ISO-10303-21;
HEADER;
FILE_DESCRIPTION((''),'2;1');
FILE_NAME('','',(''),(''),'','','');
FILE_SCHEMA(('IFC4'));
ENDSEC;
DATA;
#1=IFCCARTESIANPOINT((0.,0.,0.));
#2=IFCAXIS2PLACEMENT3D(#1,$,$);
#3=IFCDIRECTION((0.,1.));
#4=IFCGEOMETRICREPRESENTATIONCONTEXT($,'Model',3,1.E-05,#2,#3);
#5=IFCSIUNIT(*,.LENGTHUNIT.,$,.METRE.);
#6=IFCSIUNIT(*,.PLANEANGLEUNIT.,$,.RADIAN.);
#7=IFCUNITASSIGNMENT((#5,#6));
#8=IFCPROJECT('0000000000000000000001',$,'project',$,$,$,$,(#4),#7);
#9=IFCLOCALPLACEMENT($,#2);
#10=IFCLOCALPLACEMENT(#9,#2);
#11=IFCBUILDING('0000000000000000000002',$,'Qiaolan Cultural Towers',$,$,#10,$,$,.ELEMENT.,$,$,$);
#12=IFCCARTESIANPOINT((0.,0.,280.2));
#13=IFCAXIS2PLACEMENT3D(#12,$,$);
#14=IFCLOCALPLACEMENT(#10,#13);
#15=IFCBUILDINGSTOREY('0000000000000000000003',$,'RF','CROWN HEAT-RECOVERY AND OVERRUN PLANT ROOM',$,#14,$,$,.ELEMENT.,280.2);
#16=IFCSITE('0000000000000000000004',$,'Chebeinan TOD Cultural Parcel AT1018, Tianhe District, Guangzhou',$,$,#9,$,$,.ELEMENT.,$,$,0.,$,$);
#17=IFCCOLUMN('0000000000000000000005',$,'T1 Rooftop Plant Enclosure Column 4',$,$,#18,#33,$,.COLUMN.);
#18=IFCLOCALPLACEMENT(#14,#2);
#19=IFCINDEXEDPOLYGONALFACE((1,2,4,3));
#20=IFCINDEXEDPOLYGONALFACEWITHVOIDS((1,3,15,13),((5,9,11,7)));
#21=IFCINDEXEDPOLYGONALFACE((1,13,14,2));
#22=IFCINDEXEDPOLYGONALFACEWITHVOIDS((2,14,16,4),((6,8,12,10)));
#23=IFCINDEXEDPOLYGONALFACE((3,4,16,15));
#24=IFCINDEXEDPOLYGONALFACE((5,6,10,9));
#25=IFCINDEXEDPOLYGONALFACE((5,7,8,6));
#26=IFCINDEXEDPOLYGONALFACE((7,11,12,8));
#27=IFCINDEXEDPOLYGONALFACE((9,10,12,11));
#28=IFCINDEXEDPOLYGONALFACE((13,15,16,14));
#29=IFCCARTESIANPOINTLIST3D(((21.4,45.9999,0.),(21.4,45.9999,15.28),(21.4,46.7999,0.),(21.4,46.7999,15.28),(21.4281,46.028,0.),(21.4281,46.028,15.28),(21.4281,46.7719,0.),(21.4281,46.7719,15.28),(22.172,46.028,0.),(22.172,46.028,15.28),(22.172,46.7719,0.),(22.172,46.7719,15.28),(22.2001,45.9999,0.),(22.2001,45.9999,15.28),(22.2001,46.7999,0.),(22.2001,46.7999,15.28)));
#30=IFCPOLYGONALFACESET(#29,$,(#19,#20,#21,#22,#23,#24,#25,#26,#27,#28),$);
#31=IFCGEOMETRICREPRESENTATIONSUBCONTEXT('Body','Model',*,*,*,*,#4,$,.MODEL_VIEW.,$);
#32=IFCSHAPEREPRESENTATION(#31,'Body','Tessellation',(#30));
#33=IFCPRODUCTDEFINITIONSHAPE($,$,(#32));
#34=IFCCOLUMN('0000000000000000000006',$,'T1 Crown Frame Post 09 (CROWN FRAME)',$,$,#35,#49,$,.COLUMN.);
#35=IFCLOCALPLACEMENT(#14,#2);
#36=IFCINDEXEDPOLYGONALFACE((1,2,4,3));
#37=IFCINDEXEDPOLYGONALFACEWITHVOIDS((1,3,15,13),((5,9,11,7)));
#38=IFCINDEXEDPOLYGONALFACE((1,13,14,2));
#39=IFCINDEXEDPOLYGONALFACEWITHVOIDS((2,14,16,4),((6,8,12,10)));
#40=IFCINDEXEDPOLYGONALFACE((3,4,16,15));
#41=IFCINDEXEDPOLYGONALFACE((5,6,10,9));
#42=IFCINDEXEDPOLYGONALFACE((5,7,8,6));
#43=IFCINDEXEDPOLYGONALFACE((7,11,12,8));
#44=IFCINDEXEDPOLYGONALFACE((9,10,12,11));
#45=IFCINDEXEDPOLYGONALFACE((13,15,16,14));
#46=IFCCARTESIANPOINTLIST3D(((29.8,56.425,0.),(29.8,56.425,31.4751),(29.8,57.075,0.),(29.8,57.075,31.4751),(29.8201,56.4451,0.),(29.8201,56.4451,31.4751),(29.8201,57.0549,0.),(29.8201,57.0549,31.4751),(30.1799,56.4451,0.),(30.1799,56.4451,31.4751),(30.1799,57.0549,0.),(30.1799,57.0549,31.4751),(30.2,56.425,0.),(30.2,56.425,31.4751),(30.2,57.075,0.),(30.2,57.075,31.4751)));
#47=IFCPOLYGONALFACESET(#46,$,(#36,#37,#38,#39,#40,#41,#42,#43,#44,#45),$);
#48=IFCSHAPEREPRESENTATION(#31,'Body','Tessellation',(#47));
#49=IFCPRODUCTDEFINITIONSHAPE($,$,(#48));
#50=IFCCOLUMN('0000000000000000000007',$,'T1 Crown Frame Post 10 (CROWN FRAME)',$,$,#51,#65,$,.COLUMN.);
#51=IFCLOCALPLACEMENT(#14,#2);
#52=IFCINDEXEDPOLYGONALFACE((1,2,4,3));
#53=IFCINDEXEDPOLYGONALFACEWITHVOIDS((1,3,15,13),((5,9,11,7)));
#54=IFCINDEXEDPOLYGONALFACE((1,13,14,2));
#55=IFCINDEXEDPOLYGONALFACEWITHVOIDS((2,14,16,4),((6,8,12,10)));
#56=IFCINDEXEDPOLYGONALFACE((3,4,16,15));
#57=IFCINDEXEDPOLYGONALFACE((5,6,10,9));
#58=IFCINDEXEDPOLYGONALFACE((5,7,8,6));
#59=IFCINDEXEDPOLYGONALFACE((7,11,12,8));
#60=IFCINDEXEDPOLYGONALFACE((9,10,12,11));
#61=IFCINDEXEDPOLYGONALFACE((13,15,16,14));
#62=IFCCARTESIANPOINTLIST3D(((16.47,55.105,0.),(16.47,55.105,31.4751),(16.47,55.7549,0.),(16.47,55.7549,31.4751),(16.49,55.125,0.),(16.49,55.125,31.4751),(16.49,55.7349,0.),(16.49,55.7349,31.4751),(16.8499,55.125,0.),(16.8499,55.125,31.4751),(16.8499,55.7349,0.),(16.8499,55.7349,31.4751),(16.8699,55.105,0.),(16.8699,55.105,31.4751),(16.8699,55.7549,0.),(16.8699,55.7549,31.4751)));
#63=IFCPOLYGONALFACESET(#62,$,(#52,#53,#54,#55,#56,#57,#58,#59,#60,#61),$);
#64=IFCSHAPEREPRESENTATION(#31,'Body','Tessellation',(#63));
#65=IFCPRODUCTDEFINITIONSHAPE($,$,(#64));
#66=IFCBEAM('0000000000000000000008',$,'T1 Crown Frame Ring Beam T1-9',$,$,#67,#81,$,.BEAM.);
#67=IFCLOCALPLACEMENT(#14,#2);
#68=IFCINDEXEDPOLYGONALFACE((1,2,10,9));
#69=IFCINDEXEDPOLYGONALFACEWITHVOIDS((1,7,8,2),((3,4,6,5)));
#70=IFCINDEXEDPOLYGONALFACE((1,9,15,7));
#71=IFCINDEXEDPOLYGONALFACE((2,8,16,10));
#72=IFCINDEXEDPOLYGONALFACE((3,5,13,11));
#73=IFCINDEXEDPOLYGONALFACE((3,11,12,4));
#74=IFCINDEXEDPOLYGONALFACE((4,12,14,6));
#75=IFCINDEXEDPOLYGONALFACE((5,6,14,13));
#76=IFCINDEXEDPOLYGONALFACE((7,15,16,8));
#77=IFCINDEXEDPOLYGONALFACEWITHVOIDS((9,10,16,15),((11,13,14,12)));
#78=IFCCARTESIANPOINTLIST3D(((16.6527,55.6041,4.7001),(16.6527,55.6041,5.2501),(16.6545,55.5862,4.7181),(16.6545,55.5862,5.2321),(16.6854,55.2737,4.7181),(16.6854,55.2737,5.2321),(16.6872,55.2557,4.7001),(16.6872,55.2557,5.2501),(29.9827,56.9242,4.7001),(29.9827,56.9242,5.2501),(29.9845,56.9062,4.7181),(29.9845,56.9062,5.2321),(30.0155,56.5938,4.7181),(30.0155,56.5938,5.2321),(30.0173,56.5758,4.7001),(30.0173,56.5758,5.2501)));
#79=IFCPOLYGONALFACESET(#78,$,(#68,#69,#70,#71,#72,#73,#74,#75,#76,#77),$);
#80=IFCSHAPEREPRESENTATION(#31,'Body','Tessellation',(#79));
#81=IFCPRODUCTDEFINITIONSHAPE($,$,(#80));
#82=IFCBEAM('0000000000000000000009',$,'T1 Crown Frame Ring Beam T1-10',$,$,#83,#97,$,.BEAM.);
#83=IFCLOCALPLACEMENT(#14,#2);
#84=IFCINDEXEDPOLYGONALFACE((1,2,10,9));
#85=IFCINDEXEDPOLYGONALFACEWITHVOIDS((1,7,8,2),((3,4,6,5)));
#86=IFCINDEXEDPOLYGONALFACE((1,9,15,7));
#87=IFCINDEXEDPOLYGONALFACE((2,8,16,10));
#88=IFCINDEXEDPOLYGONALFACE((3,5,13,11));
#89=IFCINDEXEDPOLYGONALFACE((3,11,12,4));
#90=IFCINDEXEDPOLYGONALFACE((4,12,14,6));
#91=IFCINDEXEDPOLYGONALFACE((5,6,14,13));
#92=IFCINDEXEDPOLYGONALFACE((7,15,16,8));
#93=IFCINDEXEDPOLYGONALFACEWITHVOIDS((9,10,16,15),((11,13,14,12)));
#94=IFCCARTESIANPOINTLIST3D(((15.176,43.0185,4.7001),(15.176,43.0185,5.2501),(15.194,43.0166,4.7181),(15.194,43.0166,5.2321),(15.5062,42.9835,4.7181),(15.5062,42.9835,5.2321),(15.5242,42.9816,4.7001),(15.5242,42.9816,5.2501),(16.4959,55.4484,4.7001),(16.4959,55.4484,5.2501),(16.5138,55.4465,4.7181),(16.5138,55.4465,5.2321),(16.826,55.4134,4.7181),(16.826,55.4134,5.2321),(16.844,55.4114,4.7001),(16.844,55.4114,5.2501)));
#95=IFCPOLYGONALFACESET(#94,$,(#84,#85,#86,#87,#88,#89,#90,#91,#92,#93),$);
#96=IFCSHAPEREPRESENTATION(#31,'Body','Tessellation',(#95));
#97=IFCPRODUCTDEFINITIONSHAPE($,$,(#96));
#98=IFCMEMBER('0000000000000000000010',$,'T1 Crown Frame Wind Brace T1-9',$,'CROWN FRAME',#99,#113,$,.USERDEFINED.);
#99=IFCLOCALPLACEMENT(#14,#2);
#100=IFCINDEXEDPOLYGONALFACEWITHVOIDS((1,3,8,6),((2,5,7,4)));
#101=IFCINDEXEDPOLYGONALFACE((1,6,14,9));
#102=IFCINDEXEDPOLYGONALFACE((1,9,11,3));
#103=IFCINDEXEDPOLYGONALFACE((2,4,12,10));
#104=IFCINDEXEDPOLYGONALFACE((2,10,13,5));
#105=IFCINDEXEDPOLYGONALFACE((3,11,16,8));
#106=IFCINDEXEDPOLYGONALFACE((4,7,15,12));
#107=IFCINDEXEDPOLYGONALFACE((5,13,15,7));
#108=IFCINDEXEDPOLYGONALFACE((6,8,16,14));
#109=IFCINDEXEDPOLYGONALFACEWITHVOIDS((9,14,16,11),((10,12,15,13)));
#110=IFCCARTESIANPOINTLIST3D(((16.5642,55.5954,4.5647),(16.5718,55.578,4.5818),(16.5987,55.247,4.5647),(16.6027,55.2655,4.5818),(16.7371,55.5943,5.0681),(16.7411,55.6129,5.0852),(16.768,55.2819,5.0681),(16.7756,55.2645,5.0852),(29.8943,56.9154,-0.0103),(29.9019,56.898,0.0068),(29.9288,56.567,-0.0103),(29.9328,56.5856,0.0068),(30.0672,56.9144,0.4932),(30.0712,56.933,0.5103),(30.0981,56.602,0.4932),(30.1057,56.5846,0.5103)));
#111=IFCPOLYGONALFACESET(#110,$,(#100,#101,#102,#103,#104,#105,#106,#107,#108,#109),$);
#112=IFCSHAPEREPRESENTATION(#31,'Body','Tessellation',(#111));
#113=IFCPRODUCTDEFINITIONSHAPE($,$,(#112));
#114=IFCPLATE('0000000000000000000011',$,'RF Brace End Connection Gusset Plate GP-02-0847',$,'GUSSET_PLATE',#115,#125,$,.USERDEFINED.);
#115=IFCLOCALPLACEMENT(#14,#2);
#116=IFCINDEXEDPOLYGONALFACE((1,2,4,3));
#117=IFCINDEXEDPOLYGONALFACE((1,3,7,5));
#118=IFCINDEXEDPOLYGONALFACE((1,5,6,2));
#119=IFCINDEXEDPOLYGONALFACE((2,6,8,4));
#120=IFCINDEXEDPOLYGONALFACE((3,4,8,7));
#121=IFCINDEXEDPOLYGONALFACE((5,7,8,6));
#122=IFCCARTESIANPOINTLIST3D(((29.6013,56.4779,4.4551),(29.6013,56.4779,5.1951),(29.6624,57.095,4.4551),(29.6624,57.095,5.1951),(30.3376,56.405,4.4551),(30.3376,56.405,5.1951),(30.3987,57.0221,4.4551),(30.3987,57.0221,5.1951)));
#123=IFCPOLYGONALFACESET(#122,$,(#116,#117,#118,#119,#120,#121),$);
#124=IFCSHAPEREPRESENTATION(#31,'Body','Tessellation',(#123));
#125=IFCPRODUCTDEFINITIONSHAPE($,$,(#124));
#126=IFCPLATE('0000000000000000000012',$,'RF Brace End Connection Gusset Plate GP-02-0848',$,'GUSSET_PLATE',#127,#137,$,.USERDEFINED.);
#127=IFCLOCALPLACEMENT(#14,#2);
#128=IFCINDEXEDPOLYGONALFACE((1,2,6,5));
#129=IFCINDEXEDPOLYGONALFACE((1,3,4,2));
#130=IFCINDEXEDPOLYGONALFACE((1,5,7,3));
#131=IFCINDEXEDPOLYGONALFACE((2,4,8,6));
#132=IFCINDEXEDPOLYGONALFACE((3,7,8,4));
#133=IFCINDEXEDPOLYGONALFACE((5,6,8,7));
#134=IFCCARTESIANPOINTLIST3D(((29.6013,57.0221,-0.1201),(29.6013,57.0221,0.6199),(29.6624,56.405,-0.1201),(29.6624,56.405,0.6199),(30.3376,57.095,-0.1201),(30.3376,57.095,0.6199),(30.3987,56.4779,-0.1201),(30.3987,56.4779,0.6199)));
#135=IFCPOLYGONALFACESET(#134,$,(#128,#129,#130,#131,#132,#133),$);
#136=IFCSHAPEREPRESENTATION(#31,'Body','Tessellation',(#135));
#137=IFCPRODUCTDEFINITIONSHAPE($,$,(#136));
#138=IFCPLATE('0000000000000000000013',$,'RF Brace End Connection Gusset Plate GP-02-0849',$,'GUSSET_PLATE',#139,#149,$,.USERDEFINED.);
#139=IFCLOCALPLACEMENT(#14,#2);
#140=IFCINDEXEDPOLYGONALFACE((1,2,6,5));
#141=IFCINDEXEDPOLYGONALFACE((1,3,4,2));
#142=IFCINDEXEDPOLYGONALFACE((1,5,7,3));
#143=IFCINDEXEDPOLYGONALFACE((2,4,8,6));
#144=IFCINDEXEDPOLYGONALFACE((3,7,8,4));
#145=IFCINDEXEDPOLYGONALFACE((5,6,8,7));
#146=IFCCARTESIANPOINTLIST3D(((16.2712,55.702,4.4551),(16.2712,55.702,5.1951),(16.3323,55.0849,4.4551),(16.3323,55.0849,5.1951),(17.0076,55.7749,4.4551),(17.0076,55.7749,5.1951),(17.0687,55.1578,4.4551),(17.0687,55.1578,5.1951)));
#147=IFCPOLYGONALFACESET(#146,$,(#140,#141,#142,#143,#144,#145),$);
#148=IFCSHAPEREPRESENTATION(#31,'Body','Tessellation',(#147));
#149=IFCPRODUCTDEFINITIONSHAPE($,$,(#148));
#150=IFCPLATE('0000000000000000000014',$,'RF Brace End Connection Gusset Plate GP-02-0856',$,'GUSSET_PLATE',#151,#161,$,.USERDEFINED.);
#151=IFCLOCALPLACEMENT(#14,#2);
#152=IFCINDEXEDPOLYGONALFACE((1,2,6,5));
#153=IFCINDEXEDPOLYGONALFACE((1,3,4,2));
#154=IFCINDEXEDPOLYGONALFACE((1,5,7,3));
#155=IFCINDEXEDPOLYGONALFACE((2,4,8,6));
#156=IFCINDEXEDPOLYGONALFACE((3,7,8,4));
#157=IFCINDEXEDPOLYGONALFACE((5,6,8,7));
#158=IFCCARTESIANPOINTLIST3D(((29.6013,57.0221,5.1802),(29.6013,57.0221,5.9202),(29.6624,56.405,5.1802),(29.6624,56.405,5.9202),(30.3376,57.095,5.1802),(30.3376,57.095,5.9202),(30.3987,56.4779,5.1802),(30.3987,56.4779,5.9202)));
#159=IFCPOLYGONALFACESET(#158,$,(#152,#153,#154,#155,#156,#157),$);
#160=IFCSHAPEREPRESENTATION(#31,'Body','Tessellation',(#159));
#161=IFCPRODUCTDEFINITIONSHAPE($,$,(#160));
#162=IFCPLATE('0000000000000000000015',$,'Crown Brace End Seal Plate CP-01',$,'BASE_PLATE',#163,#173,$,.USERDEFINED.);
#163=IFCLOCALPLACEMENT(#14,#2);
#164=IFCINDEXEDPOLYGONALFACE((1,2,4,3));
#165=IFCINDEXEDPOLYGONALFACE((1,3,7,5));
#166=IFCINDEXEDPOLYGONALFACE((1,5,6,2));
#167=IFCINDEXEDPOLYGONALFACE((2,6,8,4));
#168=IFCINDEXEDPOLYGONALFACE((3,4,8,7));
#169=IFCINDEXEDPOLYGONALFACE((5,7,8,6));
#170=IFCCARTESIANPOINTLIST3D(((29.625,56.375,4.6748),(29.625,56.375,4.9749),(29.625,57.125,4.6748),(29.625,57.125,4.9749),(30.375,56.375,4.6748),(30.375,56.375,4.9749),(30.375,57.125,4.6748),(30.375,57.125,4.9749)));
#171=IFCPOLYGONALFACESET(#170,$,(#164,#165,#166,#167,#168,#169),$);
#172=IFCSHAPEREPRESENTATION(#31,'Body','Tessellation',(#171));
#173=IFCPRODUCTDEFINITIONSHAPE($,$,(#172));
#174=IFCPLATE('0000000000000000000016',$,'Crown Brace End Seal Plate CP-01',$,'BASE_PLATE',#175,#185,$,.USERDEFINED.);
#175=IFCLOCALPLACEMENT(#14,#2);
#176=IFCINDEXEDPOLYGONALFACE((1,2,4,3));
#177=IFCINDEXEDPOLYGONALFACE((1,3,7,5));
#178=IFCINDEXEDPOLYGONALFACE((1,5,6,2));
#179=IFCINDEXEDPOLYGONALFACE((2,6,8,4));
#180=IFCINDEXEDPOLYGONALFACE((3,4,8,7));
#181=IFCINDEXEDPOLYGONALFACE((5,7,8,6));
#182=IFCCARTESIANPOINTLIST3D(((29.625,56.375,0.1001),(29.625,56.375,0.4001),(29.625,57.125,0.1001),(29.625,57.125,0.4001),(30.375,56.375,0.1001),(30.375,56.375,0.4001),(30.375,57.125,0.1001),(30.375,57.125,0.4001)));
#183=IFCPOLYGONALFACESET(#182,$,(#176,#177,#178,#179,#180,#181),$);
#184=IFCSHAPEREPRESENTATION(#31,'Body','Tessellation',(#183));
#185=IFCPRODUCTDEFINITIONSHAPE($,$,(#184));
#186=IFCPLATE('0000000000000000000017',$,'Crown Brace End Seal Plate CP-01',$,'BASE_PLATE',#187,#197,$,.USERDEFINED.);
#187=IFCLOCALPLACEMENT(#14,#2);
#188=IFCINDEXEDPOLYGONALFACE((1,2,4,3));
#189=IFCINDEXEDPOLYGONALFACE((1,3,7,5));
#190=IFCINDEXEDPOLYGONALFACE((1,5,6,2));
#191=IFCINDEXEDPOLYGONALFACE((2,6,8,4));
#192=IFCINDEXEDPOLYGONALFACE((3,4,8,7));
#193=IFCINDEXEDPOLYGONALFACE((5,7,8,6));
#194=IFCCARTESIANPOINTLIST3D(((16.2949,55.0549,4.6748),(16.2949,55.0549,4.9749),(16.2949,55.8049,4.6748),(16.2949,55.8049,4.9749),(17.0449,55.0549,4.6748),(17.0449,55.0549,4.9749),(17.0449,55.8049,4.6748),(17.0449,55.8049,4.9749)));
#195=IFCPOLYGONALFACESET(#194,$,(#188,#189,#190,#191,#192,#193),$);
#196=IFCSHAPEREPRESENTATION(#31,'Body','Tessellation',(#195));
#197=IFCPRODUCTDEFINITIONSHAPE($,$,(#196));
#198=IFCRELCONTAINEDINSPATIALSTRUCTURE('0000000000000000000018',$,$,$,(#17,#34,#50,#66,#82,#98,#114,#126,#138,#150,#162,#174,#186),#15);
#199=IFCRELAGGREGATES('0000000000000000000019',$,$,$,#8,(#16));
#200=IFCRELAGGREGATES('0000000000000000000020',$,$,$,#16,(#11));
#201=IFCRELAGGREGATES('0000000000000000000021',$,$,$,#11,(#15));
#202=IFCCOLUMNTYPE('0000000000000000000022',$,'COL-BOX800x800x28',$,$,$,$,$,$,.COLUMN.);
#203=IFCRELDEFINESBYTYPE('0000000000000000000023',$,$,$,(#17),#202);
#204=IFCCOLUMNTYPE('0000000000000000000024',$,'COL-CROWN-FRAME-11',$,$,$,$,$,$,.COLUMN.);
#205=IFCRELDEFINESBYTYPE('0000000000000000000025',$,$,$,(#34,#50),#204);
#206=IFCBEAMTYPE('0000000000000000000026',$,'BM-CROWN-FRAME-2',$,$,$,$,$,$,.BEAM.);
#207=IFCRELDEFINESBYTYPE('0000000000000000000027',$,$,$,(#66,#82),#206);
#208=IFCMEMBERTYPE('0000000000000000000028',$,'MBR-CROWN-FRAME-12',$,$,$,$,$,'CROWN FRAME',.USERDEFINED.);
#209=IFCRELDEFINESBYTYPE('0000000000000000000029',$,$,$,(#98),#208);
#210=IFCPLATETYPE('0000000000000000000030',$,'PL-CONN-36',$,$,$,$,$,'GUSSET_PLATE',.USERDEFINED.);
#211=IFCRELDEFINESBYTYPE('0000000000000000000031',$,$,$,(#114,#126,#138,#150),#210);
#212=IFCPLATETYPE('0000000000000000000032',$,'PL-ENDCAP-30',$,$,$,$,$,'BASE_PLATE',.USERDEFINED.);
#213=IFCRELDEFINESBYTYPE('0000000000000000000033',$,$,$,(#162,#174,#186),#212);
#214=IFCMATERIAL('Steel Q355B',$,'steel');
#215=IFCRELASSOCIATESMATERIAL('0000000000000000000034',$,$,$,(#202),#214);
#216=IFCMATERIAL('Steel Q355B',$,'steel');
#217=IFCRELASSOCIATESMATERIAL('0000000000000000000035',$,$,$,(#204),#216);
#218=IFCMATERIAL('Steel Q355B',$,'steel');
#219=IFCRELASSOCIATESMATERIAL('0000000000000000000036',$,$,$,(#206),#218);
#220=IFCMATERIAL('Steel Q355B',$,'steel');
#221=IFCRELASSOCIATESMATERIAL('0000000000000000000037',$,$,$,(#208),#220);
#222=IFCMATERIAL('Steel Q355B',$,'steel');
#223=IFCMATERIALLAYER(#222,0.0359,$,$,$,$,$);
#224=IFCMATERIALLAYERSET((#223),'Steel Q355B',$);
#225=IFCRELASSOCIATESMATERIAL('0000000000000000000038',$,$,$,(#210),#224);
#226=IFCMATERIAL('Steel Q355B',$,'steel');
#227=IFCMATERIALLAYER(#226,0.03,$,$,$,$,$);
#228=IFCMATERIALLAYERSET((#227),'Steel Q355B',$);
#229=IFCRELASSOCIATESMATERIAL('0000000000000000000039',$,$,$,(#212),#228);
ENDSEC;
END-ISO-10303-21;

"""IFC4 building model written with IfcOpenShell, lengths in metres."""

from ifc_helpers import new_model, si_unit, direction, frame, origin, origin_2d, place, context, subcontext, project, spatial, rectangle, hollow_rectangle, extrude, material, layer, layer_set, material_profile, profile_set, type_object, element, save


model = new_model("IFC4")

# Units and contexts
model_context = context("Model", 3, precision=1e-05, world=origin(), true_north=direction((0.0, 1.0)))
body_context = subcontext(model_context, "Body", "Model", "MODEL_VIEW")
ifc_project = project(units=[si_unit("LENGTHUNIT", "METRE"), si_unit("PLANEANGLEUNIT", "RADIAN")], contexts=[model_context])

# Site, building, storey
site_placement = place(None, origin())
site = spatial("IfcSite", under=ifc_project, at=site_placement, Name="Chebeinan TOD Cultural Parcel AT1018, Tianhe District, Guangzhou", CompositionType="ELEMENT", RefElevation=0.0)
building_placement = place(site_placement, origin())
building = spatial("IfcBuilding", under=site, at=building_placement, Name="Qiaolan Cultural Towers", CompositionType="ELEMENT")
storey_placement = place(building_placement, frame((0.0, 0.0, 280.2)))
storey = spatial("IfcBuildingStorey", under=building, at=storey_placement, Name="RF", Description="CROWN HEAT-RECOVERY AND OVERRUN PLANT ROOM", CompositionType="ELEMENT", Elevation=280.2)

# Columns
ifc_material_1 = material(Name="Steel Q355B", Category="steel")
ifc_material_profile_1 = material_profile(ifc_material_1, hollow_rectangle(XDim=0.8, YDim=0.8, WallThickness=0.0281, at=origin_2d()), Name="BOX800x800x28")
ifc_profile_set_1 = profile_set([ifc_material_profile_1], Name="Steel Q355B")
column_type_1 = type_object("IfcColumnType", Name="COL-BOX800x800x28", PredefinedType="COLUMN", material=ifc_profile_set_1)
column_placement = place(storey_placement, frame((21.8, 46.3999, 0.0), z_axis=(0.0, 0.0, 1.0), x_axis=(1.0, 0.0, 0.0)))
element("IfcColumn", 1, at=column_placement, inside=storey, type_object=column_type_1, Name="T1 Rooftop Plant Enclosure Column 4", PredefinedType="COLUMN", context=body_context, shape_type="SweptSolid", body=[
    extrude(hollow_rectangle(XDim=0.8, YDim=0.8, WallThickness=0.0281, at=origin_2d()), origin(), (0.0, 0.0, 1.0), 15.28),
])
ifc_material_2 = material(Name="Steel Q355B", Category="steel")
ifc_material_profile_2 = material_profile(ifc_material_2, hollow_rectangle(XDim=0.3999, YDim=0.6499, WallThickness=0.02, at=origin_2d()), Name="BOX650x400x20")
ifc_profile_set_2 = profile_set([ifc_material_profile_2], Name="Steel Q355B")
column_type_2 = type_object("IfcColumnType", Name="COL-CROWN-FRAME-11", PredefinedType="COLUMN", material=ifc_profile_set_2)
for number, where, z_axis, x_axis, name in (
    (2, (30.0, 56.75, 0.0), (0.0, 0.0, 1.0), (1.0, 0.0, 0.0), "T1 Crown Frame Post 09 (CROWN FRAME)"),
    (3, (16.6699, 55.4299, 0.0), (0.0, 0.0, 1.0), (1.0, 0.0, 0.0), "T1 Crown Frame Post 10 (CROWN FRAME)"),
):
    element("IfcColumn", number, at=place(storey_placement, frame(where, z_axis=z_axis, x_axis=x_axis)), inside=storey, type_object=column_type_2, Name=name, PredefinedType="COLUMN", context=body_context, shape_type="SweptSolid", body=[
        extrude(hollow_rectangle(XDim=0.3999, YDim=0.6499, WallThickness=0.02, at=origin_2d()), origin(), (0.0, 0.0, 1.0), 31.4751),
    ])

# Beams
ifc_material_3 = material(Name="Steel Q355B", Category="steel")
ifc_material_profile_3 = material_profile(ifc_material_3, hollow_rectangle(XDim=0.3501, YDim=0.55, WallThickness=0.0181, at=origin_2d()), Name="BOX550x350x18")
ifc_profile_set_3 = profile_set([ifc_material_profile_3], Name="Steel Q355B")
beam_type = type_object("IfcBeamType", Name="BM-CROWN-FRAME-2", PredefinedType="BEAM", material=ifc_profile_set_3)
beam_1_placement = place(storey_placement, frame((30.0, 56.75, 4.9751), z_axis=(-0.995132, -0.098547, 0.0), x_axis=(0.098547, -0.995132, 0.0)))
element("IfcBeam", 4, at=beam_1_placement, inside=storey, type_object=beam_type, Name="T1 Crown Frame Ring Beam T1-9", PredefinedType="BEAM", context=body_context, shape_type="SweptSolid", body=[
    extrude(hollow_rectangle(XDim=0.3501, YDim=0.55, WallThickness=0.0181, at=origin_2d()), origin(), (0.0, 0.0, 1.0), 13.3953),
])
beam_2_placement = place(storey_placement, frame((16.6699, 55.4299, 4.9751), z_axis=(-0.105588, -0.99441, 0.0), x_axis=(0.99441, -0.105588, 0.0)))
element("IfcBeam", 5, at=beam_2_placement, inside=storey, type_object=beam_type, Name="T1 Crown Frame Ring Beam T1-10", PredefinedType="BEAM", context=body_context, shape_type="SweptSolid", body=[
    extrude(hollow_rectangle(XDim=0.3501, YDim=0.55, WallThickness=0.0181, at=origin_2d()), origin(), (0.0, 0.0, 1.0), 12.4998),
])

# Member
ifc_material_4 = material(Name="Steel Q355B", Category="steel")
ifc_material_profile_4 = material_profile(ifc_material_4, hollow_rectangle(XDim=0.3501, YDim=0.55, WallThickness=0.0181, at=origin_2d()), Name="BOX550x350x18")
ifc_profile_set_4 = profile_set([ifc_material_profile_4], Name="Steel Q355B")
member_type = type_object("IfcMemberType", Name="MBR-CROWN-FRAME-12", ElementType="CROWN FRAME", PredefinedType="USERDEFINED", material=ifc_profile_set_4)
member_placement = place(storey_placement, frame((30.0, 56.75, 0.25), z_axis=(-0.941723, -0.093258, 0.323204), x_axis=(0.098547, -0.995132, 0.0)))
element("IfcMember", 6, at=member_placement, inside=storey, type_object=member_type, Name="T1 Crown Frame Wind Brace T1-9", ObjectType="CROWN FRAME", PredefinedType="USERDEFINED", context=body_context, shape_type="SweptSolid", body=[
    extrude(hollow_rectangle(XDim=0.3501, YDim=0.55, WallThickness=0.0181, at=origin_2d()), origin(), (0.0, 0.0, 1.0), 14.155),
])

# Plates
ifc_material_5 = material(Name="Steel Q355B", Category="steel")
ifc_layer_1 = layer(ifc_material_5, 0.0359)
ifc_layer_set_1 = layer_set([ifc_layer_1], Name="Steel Q355B")
plate_type_1 = type_object("IfcPlateType", Name="PL-CONN-36", ElementType="GUSSET_PLATE", PredefinedType="USERDEFINED", material=ifc_layer_set_1)
for number, where, z_axis, x_axis, name in (
    (7, (30.0, 56.75, 4.4551), (0.0, 0.0, 1.0), (-0.995133, 0.098543, 0.0), "RF Brace End Connection Gusset Plate GP-02-0847"),
    (8, (30.0, 56.75, -0.1201), (0.0, 0.0, 1.0), (0.995133, 0.098543, 0.0), "RF Brace End Connection Gusset Plate GP-02-0848"),
    (9, (16.6699, 55.4299, 4.4551), (0.0, 0.0, 1.0), (0.995133, 0.098543, 0.0), "RF Brace End Connection Gusset Plate GP-02-0849"),
    (10, (30.0, 56.75, 5.1802), (0.0, 0.0, 1.0), (0.995133, 0.098543, 0.0), "RF Brace End Connection Gusset Plate GP-02-0856"),
):
    element("IfcPlate", number, at=place(storey_placement, frame(where, z_axis=z_axis, x_axis=x_axis)), inside=storey, type_object=plate_type_1, Name=name, ObjectType="GUSSET_PLATE", PredefinedType="USERDEFINED", context=body_context, shape_type="SweptSolid", body=[
        extrude(rectangle(XDim=0.74, YDim=0.6201, at=origin_2d()), origin(), (0.0, 0.0, 1.0), 0.74),
    ])
ifc_material_6 = material(Name="Steel Q355B", Category="steel")
ifc_layer_2 = layer(ifc_material_6, 0.03)
ifc_layer_set_2 = layer_set([ifc_layer_2], Name="Steel Q355B")
plate_type_2 = type_object("IfcPlateType", Name="PL-ENDCAP-30", ElementType="BASE_PLATE", PredefinedType="USERDEFINED", material=ifc_layer_set_2)
for number, where, z_axis, x_axis, name in (
    (11, (30.0, 56.75, 4.6748), (0.0, 0.0, 1.0), (1.0, 0.0, 0.0), "Crown Brace End Seal Plate CP-01"),
    (12, (30.0, 56.75, 0.1001), (0.0, 0.0, 1.0), (1.0, 0.0, 0.0), "Crown Brace End Seal Plate CP-01"),
    (13, (16.6699, 55.4299, 4.6748), (0.0, 0.0, 1.0), (1.0, 0.0, 0.0), "Crown Brace End Seal Plate CP-01"),
):
    element("IfcPlate", number, at=place(storey_placement, frame(where, z_axis=z_axis, x_axis=x_axis)), inside=storey, type_object=plate_type_2, Name=name, ObjectType="BASE_PLATE", PredefinedType="USERDEFINED", context=body_context, shape_type="SweptSolid", body=[
        extrude(rectangle(XDim=0.75, YDim=0.75, at=origin_2d()), origin(), (0.0, 0.0, 1.0), 0.3),
    ])

save(model, "model.ifc")
